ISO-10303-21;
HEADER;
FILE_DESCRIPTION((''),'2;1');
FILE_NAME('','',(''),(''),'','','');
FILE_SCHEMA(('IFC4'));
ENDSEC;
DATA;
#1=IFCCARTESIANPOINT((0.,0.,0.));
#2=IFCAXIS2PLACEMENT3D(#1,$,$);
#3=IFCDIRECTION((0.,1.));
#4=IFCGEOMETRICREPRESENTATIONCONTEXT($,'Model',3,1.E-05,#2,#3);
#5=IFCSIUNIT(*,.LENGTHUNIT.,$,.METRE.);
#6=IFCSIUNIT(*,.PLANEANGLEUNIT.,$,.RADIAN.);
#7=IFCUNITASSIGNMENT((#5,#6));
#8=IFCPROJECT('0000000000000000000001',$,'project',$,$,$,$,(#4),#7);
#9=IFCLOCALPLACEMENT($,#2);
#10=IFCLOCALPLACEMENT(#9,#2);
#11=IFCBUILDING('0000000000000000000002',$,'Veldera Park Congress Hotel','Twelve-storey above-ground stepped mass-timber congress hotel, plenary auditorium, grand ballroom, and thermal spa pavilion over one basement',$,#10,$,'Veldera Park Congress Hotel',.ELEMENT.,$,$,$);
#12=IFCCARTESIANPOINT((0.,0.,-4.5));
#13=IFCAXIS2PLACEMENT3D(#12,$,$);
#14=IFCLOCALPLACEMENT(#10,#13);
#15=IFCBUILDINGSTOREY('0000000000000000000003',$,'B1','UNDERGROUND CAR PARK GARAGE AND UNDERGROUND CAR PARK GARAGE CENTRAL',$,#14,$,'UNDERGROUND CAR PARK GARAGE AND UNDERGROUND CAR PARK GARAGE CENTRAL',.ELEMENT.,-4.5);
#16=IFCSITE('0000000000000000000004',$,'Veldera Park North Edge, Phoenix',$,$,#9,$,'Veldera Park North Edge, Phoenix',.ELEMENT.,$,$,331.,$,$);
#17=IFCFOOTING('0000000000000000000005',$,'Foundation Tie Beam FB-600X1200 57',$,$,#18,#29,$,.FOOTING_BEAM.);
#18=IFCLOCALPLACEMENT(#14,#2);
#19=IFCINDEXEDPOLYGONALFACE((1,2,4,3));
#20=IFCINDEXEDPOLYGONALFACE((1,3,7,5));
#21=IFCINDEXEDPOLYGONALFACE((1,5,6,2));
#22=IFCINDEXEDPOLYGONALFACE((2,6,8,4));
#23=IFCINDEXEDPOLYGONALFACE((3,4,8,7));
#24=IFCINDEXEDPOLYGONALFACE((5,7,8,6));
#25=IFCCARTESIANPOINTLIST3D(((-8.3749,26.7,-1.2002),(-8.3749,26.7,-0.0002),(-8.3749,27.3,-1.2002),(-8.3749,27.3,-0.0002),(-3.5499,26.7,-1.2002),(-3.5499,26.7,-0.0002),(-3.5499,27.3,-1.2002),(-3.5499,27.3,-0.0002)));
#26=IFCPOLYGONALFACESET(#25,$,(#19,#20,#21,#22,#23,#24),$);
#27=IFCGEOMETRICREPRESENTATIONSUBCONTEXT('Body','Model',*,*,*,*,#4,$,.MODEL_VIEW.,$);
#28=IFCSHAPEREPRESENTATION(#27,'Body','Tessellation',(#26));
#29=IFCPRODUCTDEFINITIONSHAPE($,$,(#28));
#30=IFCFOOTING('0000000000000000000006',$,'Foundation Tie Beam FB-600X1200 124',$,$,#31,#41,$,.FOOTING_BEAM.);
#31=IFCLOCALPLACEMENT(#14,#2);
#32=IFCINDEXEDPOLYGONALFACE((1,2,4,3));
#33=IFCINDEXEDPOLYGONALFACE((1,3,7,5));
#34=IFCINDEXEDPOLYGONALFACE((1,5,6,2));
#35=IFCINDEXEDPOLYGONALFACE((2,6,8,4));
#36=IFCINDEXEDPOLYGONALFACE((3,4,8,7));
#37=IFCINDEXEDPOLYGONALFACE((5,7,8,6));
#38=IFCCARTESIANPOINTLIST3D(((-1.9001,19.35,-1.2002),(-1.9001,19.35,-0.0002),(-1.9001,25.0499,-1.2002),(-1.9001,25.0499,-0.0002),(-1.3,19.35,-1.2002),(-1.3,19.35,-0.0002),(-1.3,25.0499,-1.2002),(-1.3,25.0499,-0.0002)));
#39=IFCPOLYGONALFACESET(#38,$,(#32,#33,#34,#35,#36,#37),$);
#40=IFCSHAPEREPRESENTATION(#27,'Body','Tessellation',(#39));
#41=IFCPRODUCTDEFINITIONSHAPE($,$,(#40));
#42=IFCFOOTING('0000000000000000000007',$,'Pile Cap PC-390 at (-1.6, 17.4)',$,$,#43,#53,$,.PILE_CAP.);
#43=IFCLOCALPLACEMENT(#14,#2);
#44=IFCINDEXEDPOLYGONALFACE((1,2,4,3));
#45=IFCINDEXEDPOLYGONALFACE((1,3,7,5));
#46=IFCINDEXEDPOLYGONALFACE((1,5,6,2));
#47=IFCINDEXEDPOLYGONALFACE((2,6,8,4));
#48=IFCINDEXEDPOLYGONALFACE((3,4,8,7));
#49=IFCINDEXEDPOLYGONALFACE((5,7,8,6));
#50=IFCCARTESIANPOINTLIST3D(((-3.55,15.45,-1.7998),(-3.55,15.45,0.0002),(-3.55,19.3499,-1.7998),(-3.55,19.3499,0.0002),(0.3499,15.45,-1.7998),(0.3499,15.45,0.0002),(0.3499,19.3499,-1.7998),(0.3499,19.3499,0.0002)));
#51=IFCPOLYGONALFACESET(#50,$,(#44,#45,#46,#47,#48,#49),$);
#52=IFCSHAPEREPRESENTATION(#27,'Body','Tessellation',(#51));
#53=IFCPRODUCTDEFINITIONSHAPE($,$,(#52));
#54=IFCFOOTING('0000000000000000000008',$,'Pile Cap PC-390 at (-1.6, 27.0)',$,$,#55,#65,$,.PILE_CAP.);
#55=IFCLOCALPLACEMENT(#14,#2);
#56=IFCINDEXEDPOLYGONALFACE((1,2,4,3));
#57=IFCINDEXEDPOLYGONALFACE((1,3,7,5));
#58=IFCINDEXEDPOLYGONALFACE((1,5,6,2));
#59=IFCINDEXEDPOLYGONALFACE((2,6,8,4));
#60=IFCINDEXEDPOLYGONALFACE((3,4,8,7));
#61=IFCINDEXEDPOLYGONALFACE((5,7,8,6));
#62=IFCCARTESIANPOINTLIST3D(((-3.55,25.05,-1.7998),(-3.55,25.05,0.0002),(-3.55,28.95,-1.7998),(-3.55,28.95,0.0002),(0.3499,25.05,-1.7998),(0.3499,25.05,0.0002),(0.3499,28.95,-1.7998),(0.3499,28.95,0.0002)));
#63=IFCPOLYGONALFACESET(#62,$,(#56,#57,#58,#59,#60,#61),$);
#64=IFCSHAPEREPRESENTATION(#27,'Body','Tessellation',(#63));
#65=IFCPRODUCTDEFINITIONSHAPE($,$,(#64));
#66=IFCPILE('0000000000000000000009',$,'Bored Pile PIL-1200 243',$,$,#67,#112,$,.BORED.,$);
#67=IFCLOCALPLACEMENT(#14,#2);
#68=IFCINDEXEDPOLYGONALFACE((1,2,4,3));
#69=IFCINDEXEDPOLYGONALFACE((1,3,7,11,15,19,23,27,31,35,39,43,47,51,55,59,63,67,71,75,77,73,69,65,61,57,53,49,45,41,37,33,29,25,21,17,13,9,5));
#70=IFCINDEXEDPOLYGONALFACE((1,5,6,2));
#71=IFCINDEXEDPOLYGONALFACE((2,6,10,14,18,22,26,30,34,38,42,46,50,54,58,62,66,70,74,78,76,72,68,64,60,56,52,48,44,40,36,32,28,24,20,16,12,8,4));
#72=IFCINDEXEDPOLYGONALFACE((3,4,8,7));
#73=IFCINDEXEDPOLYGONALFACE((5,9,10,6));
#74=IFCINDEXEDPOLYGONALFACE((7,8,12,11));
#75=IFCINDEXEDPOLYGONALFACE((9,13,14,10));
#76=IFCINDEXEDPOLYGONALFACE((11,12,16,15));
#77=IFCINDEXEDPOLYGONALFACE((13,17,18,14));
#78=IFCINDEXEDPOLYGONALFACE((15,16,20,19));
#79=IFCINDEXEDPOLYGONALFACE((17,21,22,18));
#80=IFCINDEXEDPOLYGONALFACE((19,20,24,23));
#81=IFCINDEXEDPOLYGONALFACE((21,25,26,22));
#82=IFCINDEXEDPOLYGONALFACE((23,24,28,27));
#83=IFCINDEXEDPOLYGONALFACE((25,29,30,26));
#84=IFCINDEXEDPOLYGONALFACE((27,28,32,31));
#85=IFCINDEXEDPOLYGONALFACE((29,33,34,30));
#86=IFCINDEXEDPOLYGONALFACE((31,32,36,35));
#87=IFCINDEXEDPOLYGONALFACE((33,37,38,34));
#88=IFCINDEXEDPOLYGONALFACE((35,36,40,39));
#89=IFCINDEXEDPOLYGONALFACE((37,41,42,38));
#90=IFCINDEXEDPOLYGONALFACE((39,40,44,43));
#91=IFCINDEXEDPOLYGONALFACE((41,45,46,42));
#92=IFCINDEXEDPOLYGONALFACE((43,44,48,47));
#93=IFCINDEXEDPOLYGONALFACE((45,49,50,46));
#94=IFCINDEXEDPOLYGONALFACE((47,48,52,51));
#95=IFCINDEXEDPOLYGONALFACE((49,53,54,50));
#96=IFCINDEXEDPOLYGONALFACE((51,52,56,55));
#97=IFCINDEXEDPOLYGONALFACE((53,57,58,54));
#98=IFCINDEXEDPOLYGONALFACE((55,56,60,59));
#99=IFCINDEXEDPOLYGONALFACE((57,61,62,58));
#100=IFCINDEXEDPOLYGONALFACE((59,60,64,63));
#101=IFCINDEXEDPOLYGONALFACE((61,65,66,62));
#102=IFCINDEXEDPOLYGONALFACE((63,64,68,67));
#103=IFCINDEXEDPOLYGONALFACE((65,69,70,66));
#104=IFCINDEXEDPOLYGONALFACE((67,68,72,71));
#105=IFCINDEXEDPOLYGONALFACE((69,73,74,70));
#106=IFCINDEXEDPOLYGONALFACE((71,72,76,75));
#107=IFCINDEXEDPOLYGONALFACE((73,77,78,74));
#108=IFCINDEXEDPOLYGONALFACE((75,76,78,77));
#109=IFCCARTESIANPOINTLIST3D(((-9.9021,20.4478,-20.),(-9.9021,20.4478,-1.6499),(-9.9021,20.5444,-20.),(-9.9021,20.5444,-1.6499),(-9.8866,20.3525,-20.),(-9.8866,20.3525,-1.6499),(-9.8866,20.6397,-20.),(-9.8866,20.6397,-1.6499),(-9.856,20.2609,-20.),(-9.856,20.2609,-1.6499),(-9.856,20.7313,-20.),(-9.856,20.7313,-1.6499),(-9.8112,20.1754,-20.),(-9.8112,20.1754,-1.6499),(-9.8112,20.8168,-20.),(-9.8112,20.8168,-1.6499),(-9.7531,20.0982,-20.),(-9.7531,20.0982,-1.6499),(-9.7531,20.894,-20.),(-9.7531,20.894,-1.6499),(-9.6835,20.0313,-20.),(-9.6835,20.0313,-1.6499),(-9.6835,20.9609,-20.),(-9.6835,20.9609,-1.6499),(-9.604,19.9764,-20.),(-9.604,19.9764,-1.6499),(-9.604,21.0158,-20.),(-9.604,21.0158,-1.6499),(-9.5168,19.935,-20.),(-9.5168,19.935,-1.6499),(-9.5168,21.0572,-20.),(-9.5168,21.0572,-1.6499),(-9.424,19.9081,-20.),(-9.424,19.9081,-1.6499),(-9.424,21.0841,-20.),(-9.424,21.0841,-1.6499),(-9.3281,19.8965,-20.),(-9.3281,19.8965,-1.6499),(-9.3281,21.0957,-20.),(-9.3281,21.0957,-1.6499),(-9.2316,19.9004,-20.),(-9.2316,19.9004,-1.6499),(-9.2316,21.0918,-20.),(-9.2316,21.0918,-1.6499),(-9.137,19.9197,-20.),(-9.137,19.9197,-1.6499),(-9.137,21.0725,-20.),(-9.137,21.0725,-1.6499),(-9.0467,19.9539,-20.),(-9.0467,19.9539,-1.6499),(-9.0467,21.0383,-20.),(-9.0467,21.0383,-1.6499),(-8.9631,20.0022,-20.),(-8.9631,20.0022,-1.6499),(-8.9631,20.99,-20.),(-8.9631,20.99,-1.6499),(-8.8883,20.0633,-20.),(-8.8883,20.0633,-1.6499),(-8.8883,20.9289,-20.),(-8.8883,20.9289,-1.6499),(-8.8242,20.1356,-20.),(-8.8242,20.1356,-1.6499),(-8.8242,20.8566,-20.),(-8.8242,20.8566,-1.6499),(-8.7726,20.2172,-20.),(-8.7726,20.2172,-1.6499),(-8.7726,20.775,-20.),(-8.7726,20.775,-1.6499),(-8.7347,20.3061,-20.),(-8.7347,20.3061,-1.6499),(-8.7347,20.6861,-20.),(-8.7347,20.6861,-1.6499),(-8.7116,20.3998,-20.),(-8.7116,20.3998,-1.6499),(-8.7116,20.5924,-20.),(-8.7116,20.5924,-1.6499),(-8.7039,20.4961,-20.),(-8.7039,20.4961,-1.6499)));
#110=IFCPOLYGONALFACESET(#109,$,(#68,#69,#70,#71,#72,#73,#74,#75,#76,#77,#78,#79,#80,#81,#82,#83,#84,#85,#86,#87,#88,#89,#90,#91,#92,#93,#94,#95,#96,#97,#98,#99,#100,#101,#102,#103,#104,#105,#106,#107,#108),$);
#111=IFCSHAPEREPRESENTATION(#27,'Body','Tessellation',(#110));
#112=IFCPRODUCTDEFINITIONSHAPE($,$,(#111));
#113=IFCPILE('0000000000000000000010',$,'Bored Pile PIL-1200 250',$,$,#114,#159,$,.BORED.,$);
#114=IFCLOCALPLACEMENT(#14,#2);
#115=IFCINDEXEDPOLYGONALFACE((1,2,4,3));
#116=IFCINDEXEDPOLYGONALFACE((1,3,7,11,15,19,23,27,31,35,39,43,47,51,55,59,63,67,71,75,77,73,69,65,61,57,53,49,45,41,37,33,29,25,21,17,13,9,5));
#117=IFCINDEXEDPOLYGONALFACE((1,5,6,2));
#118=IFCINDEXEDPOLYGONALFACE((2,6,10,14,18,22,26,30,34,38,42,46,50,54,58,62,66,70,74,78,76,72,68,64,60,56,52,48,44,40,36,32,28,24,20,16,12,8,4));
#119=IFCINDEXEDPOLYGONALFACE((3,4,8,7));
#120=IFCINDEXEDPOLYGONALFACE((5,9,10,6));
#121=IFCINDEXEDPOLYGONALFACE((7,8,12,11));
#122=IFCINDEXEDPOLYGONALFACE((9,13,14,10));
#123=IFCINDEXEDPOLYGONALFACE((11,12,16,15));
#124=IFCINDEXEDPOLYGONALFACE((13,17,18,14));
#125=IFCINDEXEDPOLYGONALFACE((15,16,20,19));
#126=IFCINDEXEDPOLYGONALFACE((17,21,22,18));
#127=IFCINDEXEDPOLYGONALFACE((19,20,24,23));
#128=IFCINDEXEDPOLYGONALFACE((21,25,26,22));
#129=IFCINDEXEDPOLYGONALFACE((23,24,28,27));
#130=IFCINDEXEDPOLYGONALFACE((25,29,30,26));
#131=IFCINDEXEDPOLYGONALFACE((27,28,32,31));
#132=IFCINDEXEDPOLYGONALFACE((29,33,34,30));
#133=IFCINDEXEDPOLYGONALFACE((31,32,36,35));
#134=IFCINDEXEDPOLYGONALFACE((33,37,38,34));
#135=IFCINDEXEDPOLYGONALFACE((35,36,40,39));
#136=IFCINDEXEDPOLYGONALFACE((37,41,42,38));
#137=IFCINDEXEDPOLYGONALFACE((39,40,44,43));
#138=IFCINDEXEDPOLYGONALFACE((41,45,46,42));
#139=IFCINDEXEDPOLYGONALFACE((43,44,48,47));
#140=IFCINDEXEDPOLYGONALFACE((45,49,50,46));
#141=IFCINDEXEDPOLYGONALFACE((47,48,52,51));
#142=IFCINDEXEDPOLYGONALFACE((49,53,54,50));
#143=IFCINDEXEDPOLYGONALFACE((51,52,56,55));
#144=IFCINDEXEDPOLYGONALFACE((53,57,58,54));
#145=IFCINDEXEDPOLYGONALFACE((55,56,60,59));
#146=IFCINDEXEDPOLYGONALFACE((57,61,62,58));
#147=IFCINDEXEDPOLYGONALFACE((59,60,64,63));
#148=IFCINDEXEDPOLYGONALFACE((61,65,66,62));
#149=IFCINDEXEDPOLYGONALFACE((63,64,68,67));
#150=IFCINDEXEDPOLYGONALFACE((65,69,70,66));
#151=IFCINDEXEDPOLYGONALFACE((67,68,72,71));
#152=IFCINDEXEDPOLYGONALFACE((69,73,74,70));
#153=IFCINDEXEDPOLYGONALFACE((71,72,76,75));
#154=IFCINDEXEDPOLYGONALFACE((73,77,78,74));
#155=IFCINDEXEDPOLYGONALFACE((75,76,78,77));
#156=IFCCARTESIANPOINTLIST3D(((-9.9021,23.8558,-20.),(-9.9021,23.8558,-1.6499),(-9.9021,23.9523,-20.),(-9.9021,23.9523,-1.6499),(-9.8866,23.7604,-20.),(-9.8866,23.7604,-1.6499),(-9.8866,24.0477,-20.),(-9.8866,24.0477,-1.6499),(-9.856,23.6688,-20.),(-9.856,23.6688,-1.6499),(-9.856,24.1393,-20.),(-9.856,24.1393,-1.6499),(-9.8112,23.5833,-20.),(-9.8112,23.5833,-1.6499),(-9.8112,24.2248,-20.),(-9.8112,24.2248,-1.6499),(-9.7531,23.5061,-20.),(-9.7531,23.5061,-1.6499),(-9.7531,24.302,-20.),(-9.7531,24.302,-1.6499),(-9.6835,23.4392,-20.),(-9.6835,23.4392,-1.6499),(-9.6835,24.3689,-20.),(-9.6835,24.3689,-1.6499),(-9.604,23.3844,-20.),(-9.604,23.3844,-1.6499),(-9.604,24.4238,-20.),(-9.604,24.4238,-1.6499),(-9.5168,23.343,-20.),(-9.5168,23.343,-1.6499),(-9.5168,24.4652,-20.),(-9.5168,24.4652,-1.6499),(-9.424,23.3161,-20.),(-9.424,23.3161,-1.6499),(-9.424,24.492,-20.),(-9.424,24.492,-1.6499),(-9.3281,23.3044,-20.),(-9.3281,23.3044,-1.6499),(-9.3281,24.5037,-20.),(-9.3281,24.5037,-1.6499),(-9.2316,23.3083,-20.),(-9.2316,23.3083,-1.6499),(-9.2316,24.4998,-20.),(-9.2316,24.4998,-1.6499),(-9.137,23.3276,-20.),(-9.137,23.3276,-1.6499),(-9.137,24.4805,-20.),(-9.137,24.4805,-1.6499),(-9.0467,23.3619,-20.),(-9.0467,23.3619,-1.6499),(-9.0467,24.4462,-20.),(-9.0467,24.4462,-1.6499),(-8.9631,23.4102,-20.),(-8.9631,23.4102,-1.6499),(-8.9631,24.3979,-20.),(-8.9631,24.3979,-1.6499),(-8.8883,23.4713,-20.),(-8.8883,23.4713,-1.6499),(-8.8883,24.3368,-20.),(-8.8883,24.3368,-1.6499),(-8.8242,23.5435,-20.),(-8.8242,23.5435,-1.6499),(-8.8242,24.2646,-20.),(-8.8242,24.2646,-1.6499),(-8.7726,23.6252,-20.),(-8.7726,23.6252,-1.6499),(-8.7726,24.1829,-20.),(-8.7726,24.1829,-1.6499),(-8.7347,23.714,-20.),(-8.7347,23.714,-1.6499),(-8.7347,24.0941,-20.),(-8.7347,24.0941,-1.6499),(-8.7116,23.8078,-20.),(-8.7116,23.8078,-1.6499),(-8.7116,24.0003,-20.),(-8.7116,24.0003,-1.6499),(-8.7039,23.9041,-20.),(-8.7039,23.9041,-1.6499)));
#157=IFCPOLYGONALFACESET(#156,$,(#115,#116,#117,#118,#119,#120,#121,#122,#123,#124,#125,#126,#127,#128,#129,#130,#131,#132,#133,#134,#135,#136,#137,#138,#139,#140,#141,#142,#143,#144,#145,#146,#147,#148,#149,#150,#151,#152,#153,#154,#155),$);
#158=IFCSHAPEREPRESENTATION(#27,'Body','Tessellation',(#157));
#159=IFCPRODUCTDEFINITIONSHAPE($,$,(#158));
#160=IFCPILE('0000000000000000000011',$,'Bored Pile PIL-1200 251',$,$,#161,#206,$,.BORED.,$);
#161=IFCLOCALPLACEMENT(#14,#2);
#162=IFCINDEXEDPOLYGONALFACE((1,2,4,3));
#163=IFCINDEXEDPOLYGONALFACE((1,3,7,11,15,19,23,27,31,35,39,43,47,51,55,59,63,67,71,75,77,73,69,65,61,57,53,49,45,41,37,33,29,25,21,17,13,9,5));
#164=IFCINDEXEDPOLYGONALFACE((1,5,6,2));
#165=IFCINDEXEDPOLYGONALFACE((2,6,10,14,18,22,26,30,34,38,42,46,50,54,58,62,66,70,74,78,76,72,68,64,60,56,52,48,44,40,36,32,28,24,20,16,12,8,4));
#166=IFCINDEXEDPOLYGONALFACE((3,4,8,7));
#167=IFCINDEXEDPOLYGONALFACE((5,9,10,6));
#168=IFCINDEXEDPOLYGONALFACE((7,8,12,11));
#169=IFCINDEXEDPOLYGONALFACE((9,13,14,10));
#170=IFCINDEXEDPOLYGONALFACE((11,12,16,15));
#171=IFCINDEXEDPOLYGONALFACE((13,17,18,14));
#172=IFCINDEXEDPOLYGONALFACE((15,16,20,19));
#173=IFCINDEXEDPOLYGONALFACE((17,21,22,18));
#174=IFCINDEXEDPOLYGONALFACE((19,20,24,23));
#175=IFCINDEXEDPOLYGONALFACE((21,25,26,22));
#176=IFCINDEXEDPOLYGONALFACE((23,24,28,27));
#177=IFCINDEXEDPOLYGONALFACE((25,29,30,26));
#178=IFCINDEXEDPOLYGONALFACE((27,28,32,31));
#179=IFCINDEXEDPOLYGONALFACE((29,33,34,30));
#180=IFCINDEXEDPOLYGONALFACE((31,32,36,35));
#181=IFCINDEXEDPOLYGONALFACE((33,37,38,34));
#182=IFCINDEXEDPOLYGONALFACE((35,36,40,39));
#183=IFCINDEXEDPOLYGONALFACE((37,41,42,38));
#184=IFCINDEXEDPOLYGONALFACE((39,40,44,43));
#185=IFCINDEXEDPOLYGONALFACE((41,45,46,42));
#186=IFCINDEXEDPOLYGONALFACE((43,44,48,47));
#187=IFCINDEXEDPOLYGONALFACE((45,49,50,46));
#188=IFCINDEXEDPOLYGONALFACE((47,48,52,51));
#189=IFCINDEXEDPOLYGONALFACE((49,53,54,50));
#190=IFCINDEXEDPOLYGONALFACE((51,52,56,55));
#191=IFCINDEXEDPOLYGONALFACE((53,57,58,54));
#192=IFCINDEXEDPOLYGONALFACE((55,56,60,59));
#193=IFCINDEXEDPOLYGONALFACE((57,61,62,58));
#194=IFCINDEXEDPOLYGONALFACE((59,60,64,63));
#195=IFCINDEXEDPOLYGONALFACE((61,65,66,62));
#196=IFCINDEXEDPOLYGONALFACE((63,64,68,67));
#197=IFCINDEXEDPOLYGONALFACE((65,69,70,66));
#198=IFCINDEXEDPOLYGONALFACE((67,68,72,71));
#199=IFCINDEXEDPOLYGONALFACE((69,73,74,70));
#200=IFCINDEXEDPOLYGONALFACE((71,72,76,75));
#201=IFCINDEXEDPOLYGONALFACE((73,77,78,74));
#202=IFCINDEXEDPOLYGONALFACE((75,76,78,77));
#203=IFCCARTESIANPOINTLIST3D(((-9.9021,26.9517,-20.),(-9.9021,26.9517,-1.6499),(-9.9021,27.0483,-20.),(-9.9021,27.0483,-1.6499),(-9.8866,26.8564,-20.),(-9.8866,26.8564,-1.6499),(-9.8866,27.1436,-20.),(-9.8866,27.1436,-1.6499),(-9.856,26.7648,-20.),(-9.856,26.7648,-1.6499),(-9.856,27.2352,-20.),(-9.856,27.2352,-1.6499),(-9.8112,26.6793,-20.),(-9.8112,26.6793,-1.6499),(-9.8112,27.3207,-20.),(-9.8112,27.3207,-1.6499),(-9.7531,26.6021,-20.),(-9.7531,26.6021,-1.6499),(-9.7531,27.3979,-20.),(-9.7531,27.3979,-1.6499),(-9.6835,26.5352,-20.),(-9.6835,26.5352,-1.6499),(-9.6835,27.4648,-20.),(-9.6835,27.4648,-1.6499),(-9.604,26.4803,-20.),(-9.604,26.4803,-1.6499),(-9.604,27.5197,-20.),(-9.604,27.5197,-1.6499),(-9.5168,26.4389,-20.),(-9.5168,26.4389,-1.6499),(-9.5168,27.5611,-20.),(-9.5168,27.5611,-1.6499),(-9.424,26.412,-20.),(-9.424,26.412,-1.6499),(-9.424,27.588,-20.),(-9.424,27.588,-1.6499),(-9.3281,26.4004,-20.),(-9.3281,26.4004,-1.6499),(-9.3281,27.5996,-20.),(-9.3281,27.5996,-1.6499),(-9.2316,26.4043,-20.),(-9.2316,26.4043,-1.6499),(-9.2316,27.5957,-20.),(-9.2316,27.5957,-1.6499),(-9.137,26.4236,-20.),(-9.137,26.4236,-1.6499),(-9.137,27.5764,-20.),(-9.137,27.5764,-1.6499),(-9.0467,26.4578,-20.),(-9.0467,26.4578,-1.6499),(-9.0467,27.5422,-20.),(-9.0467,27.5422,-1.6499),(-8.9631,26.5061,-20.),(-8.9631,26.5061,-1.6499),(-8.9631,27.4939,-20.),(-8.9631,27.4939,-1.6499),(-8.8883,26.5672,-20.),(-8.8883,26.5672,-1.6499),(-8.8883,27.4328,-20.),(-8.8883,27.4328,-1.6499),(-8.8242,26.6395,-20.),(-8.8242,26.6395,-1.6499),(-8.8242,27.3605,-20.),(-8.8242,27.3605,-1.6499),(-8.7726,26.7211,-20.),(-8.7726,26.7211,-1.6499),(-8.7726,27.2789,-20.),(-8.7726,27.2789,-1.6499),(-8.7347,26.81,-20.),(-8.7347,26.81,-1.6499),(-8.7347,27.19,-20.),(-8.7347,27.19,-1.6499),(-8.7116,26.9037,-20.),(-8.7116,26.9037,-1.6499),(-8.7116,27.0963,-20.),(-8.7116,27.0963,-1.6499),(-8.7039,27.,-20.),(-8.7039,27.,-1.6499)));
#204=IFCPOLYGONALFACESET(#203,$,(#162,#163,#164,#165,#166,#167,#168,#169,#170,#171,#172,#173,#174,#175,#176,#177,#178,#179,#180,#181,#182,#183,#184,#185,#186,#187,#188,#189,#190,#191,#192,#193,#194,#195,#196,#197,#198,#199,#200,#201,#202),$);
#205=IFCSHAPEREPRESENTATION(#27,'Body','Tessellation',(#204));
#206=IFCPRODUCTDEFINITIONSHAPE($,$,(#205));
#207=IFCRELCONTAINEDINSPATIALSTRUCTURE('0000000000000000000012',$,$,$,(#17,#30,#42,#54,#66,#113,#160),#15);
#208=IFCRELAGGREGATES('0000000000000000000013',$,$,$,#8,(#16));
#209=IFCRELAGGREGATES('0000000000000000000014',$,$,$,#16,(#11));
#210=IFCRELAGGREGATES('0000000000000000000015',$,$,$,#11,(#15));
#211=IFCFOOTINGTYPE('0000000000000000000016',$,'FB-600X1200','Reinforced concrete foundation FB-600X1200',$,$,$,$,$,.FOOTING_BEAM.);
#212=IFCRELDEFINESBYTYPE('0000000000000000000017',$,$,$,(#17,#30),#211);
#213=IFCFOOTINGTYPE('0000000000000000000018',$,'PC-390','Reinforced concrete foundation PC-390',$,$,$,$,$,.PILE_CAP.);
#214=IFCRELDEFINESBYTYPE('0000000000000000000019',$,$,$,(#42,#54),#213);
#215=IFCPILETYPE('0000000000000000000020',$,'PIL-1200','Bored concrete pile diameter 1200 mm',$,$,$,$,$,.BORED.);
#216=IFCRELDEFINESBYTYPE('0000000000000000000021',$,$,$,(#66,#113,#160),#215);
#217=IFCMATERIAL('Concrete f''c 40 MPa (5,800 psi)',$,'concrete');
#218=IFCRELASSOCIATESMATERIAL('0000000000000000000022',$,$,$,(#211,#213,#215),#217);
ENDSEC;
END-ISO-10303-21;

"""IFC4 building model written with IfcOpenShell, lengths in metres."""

from ifc_helpers import new_model, si_unit, direction, frame, origin, origin_2d, place, context, subcontext, project, spatial, rectangle, circle, extrude, material, material_profile, profile_set, type_object, element, save


model = new_model("IFC4")

# Units and contexts
model_context = context("Model", 3, precision=1e-05, world=origin(), true_north=direction((0.0, 1.0)))
body_context = subcontext(model_context, "Body", "Model", "MODEL_VIEW")
ifc_project = project(units=[si_unit("LENGTHUNIT", "METRE"), si_unit("PLANEANGLEUNIT", "RADIAN")], contexts=[model_context])

# Site, building, storey
site_placement = place(None, origin())
site = spatial("IfcSite", under=ifc_project, at=site_placement, Name="Veldera Park North Edge, Phoenix", LongName="Veldera Park North Edge, Phoenix", CompositionType="ELEMENT", RefElevation=331.0)
building_placement = place(site_placement, origin())
building = spatial("IfcBuilding", under=site, at=building_placement, Name="Veldera Park Congress Hotel", Description="Twelve-storey above-ground stepped mass-timber congress hotel, plenary auditorium, grand ballroom, and thermal spa pavilion over one basement", LongName="Veldera Park Congress Hotel", CompositionType="ELEMENT")
storey_placement = place(building_placement, frame((0.0, 0.0, -4.5)))
storey = spatial("IfcBuildingStorey", under=building, at=storey_placement, Name="B1", Description="UNDERGROUND CAR PARK GARAGE AND UNDERGROUND CAR PARK GARAGE CENTRAL", LongName="UNDERGROUND CAR PARK GARAGE AND UNDERGROUND CAR PARK GARAGE CENTRAL", CompositionType="ELEMENT", Elevation=-4.5)

# Footings
ifc_material_1 = material(Name="Concrete f'c 40 MPa (5,800 psi)", Category="concrete")
footing_type_1 = type_object("IfcFootingType", Name="FB-600X1200", Description="Reinforced concrete foundation FB-600X1200", PredefinedType="FOOTING_BEAM", material=ifc_material_1)
footing_1_placement = place(storey_placement, frame((-5.9624, 27.0, -1.2002), z_axis=(0.0, 0.0, 1.0), x_axis=(1.0, 0.0, 0.0)))
element("IfcFooting", 1, at=footing_1_placement, inside=storey, type_object=footing_type_1, Name="Foundation Tie Beam FB-600X1200 57", PredefinedType="FOOTING_BEAM", context=body_context, shape_type="SweptSolid", body=[
    extrude(rectangle(XDim=4.825, YDim=0.6001, at=origin_2d()), origin(), (0.0, 0.0, 1.0), 1.2),
])
footing_2_placement = place(storey_placement, frame((-1.6001, 22.2, -1.2002), z_axis=(0.0, 0.0, 1.0), x_axis=(0.0, 1.0, 0.0)))
element("IfcFooting", 2, at=footing_2_placement, inside=storey, type_object=footing_type_1, Name="Foundation Tie Beam FB-600X1200 124", PredefinedType="FOOTING_BEAM", context=body_context, shape_type="SweptSolid", body=[
    extrude(rectangle(XDim=5.7, YDim=0.6001, at=origin_2d()), origin(), (0.0, 0.0, 1.0), 1.2),
])
footing_type_2 = type_object("IfcFootingType", Name="PC-390", Description="Reinforced concrete foundation PC-390", PredefinedType="PILE_CAP", material=ifc_material_1)
for number, where, z_axis, x_axis, name in (
    (3, (-1.6001, 17.3999, -1.7998), (0.0, 0.0, 1.0), (1.0, 0.0, 0.0), "Pile Cap PC-390 at (-1.6, 17.4)"),
    (4, (-1.6001, 27.0, -1.7998), (0.0, 0.0, 1.0), (1.0, 0.0, 0.0), "Pile Cap PC-390 at (-1.6, 27.0)"),
):
    element("IfcFooting", number, at=place(storey_placement, frame(where, z_axis=z_axis, x_axis=x_axis)), inside=storey, type_object=footing_type_2, Name=name, PredefinedType="PILE_CAP", context=body_context, shape_type="SweptSolid", body=[
        extrude(rectangle(XDim=3.8999, YDim=3.8999, at=origin_2d()), origin(), (0.0, 0.0, 1.0), 1.8),
    ])

# Piles
ifc_material_profile_1 = material_profile(ifc_material_1, circle(Radius=0.6001, at=origin_2d()), Name="PILE D1200")
ifc_profile_set_1 = profile_set([ifc_material_profile_1], Name="Concrete f'c 40 MPa (5,800 psi)")
pile_type_1 = type_object("IfcPileType", Name="PIL-1200", Description="Bored concrete pile diameter 1200 mm", PredefinedType="BORED", material=ifc_profile_set_1)
for number, where, z_axis, x_axis, name in (
    (5, (-9.304, 20.4961, -1.6499), (0.0, 0.0, -1.0), (1.0, 0.0, 0.0), "Bored Pile PIL-1200 243"),
    (6, (-9.304, 23.9041, -1.6499), (0.0, 0.0, -1.0), (1.0, 0.0, 0.0), "Bored Pile PIL-1200 250"),
    (7, (-9.304, 27.0, -1.6499), (0.0, 0.0, -1.0), (1.0, 0.0, 0.0), "Bored Pile PIL-1200 251"),
):
    element("IfcPile", number, at=place(storey_placement, frame(where, z_axis=z_axis, x_axis=x_axis)), inside=storey, type_object=pile_type_1, Name=name, PredefinedType="BORED", context=body_context, shape_type="SweptSolid", body=[
        extrude(circle(Radius=0.6001, at=origin_2d()), origin(), (0.0, 0.0, 1.0), 18.3501),
    ])

save(model, "model.ifc")
